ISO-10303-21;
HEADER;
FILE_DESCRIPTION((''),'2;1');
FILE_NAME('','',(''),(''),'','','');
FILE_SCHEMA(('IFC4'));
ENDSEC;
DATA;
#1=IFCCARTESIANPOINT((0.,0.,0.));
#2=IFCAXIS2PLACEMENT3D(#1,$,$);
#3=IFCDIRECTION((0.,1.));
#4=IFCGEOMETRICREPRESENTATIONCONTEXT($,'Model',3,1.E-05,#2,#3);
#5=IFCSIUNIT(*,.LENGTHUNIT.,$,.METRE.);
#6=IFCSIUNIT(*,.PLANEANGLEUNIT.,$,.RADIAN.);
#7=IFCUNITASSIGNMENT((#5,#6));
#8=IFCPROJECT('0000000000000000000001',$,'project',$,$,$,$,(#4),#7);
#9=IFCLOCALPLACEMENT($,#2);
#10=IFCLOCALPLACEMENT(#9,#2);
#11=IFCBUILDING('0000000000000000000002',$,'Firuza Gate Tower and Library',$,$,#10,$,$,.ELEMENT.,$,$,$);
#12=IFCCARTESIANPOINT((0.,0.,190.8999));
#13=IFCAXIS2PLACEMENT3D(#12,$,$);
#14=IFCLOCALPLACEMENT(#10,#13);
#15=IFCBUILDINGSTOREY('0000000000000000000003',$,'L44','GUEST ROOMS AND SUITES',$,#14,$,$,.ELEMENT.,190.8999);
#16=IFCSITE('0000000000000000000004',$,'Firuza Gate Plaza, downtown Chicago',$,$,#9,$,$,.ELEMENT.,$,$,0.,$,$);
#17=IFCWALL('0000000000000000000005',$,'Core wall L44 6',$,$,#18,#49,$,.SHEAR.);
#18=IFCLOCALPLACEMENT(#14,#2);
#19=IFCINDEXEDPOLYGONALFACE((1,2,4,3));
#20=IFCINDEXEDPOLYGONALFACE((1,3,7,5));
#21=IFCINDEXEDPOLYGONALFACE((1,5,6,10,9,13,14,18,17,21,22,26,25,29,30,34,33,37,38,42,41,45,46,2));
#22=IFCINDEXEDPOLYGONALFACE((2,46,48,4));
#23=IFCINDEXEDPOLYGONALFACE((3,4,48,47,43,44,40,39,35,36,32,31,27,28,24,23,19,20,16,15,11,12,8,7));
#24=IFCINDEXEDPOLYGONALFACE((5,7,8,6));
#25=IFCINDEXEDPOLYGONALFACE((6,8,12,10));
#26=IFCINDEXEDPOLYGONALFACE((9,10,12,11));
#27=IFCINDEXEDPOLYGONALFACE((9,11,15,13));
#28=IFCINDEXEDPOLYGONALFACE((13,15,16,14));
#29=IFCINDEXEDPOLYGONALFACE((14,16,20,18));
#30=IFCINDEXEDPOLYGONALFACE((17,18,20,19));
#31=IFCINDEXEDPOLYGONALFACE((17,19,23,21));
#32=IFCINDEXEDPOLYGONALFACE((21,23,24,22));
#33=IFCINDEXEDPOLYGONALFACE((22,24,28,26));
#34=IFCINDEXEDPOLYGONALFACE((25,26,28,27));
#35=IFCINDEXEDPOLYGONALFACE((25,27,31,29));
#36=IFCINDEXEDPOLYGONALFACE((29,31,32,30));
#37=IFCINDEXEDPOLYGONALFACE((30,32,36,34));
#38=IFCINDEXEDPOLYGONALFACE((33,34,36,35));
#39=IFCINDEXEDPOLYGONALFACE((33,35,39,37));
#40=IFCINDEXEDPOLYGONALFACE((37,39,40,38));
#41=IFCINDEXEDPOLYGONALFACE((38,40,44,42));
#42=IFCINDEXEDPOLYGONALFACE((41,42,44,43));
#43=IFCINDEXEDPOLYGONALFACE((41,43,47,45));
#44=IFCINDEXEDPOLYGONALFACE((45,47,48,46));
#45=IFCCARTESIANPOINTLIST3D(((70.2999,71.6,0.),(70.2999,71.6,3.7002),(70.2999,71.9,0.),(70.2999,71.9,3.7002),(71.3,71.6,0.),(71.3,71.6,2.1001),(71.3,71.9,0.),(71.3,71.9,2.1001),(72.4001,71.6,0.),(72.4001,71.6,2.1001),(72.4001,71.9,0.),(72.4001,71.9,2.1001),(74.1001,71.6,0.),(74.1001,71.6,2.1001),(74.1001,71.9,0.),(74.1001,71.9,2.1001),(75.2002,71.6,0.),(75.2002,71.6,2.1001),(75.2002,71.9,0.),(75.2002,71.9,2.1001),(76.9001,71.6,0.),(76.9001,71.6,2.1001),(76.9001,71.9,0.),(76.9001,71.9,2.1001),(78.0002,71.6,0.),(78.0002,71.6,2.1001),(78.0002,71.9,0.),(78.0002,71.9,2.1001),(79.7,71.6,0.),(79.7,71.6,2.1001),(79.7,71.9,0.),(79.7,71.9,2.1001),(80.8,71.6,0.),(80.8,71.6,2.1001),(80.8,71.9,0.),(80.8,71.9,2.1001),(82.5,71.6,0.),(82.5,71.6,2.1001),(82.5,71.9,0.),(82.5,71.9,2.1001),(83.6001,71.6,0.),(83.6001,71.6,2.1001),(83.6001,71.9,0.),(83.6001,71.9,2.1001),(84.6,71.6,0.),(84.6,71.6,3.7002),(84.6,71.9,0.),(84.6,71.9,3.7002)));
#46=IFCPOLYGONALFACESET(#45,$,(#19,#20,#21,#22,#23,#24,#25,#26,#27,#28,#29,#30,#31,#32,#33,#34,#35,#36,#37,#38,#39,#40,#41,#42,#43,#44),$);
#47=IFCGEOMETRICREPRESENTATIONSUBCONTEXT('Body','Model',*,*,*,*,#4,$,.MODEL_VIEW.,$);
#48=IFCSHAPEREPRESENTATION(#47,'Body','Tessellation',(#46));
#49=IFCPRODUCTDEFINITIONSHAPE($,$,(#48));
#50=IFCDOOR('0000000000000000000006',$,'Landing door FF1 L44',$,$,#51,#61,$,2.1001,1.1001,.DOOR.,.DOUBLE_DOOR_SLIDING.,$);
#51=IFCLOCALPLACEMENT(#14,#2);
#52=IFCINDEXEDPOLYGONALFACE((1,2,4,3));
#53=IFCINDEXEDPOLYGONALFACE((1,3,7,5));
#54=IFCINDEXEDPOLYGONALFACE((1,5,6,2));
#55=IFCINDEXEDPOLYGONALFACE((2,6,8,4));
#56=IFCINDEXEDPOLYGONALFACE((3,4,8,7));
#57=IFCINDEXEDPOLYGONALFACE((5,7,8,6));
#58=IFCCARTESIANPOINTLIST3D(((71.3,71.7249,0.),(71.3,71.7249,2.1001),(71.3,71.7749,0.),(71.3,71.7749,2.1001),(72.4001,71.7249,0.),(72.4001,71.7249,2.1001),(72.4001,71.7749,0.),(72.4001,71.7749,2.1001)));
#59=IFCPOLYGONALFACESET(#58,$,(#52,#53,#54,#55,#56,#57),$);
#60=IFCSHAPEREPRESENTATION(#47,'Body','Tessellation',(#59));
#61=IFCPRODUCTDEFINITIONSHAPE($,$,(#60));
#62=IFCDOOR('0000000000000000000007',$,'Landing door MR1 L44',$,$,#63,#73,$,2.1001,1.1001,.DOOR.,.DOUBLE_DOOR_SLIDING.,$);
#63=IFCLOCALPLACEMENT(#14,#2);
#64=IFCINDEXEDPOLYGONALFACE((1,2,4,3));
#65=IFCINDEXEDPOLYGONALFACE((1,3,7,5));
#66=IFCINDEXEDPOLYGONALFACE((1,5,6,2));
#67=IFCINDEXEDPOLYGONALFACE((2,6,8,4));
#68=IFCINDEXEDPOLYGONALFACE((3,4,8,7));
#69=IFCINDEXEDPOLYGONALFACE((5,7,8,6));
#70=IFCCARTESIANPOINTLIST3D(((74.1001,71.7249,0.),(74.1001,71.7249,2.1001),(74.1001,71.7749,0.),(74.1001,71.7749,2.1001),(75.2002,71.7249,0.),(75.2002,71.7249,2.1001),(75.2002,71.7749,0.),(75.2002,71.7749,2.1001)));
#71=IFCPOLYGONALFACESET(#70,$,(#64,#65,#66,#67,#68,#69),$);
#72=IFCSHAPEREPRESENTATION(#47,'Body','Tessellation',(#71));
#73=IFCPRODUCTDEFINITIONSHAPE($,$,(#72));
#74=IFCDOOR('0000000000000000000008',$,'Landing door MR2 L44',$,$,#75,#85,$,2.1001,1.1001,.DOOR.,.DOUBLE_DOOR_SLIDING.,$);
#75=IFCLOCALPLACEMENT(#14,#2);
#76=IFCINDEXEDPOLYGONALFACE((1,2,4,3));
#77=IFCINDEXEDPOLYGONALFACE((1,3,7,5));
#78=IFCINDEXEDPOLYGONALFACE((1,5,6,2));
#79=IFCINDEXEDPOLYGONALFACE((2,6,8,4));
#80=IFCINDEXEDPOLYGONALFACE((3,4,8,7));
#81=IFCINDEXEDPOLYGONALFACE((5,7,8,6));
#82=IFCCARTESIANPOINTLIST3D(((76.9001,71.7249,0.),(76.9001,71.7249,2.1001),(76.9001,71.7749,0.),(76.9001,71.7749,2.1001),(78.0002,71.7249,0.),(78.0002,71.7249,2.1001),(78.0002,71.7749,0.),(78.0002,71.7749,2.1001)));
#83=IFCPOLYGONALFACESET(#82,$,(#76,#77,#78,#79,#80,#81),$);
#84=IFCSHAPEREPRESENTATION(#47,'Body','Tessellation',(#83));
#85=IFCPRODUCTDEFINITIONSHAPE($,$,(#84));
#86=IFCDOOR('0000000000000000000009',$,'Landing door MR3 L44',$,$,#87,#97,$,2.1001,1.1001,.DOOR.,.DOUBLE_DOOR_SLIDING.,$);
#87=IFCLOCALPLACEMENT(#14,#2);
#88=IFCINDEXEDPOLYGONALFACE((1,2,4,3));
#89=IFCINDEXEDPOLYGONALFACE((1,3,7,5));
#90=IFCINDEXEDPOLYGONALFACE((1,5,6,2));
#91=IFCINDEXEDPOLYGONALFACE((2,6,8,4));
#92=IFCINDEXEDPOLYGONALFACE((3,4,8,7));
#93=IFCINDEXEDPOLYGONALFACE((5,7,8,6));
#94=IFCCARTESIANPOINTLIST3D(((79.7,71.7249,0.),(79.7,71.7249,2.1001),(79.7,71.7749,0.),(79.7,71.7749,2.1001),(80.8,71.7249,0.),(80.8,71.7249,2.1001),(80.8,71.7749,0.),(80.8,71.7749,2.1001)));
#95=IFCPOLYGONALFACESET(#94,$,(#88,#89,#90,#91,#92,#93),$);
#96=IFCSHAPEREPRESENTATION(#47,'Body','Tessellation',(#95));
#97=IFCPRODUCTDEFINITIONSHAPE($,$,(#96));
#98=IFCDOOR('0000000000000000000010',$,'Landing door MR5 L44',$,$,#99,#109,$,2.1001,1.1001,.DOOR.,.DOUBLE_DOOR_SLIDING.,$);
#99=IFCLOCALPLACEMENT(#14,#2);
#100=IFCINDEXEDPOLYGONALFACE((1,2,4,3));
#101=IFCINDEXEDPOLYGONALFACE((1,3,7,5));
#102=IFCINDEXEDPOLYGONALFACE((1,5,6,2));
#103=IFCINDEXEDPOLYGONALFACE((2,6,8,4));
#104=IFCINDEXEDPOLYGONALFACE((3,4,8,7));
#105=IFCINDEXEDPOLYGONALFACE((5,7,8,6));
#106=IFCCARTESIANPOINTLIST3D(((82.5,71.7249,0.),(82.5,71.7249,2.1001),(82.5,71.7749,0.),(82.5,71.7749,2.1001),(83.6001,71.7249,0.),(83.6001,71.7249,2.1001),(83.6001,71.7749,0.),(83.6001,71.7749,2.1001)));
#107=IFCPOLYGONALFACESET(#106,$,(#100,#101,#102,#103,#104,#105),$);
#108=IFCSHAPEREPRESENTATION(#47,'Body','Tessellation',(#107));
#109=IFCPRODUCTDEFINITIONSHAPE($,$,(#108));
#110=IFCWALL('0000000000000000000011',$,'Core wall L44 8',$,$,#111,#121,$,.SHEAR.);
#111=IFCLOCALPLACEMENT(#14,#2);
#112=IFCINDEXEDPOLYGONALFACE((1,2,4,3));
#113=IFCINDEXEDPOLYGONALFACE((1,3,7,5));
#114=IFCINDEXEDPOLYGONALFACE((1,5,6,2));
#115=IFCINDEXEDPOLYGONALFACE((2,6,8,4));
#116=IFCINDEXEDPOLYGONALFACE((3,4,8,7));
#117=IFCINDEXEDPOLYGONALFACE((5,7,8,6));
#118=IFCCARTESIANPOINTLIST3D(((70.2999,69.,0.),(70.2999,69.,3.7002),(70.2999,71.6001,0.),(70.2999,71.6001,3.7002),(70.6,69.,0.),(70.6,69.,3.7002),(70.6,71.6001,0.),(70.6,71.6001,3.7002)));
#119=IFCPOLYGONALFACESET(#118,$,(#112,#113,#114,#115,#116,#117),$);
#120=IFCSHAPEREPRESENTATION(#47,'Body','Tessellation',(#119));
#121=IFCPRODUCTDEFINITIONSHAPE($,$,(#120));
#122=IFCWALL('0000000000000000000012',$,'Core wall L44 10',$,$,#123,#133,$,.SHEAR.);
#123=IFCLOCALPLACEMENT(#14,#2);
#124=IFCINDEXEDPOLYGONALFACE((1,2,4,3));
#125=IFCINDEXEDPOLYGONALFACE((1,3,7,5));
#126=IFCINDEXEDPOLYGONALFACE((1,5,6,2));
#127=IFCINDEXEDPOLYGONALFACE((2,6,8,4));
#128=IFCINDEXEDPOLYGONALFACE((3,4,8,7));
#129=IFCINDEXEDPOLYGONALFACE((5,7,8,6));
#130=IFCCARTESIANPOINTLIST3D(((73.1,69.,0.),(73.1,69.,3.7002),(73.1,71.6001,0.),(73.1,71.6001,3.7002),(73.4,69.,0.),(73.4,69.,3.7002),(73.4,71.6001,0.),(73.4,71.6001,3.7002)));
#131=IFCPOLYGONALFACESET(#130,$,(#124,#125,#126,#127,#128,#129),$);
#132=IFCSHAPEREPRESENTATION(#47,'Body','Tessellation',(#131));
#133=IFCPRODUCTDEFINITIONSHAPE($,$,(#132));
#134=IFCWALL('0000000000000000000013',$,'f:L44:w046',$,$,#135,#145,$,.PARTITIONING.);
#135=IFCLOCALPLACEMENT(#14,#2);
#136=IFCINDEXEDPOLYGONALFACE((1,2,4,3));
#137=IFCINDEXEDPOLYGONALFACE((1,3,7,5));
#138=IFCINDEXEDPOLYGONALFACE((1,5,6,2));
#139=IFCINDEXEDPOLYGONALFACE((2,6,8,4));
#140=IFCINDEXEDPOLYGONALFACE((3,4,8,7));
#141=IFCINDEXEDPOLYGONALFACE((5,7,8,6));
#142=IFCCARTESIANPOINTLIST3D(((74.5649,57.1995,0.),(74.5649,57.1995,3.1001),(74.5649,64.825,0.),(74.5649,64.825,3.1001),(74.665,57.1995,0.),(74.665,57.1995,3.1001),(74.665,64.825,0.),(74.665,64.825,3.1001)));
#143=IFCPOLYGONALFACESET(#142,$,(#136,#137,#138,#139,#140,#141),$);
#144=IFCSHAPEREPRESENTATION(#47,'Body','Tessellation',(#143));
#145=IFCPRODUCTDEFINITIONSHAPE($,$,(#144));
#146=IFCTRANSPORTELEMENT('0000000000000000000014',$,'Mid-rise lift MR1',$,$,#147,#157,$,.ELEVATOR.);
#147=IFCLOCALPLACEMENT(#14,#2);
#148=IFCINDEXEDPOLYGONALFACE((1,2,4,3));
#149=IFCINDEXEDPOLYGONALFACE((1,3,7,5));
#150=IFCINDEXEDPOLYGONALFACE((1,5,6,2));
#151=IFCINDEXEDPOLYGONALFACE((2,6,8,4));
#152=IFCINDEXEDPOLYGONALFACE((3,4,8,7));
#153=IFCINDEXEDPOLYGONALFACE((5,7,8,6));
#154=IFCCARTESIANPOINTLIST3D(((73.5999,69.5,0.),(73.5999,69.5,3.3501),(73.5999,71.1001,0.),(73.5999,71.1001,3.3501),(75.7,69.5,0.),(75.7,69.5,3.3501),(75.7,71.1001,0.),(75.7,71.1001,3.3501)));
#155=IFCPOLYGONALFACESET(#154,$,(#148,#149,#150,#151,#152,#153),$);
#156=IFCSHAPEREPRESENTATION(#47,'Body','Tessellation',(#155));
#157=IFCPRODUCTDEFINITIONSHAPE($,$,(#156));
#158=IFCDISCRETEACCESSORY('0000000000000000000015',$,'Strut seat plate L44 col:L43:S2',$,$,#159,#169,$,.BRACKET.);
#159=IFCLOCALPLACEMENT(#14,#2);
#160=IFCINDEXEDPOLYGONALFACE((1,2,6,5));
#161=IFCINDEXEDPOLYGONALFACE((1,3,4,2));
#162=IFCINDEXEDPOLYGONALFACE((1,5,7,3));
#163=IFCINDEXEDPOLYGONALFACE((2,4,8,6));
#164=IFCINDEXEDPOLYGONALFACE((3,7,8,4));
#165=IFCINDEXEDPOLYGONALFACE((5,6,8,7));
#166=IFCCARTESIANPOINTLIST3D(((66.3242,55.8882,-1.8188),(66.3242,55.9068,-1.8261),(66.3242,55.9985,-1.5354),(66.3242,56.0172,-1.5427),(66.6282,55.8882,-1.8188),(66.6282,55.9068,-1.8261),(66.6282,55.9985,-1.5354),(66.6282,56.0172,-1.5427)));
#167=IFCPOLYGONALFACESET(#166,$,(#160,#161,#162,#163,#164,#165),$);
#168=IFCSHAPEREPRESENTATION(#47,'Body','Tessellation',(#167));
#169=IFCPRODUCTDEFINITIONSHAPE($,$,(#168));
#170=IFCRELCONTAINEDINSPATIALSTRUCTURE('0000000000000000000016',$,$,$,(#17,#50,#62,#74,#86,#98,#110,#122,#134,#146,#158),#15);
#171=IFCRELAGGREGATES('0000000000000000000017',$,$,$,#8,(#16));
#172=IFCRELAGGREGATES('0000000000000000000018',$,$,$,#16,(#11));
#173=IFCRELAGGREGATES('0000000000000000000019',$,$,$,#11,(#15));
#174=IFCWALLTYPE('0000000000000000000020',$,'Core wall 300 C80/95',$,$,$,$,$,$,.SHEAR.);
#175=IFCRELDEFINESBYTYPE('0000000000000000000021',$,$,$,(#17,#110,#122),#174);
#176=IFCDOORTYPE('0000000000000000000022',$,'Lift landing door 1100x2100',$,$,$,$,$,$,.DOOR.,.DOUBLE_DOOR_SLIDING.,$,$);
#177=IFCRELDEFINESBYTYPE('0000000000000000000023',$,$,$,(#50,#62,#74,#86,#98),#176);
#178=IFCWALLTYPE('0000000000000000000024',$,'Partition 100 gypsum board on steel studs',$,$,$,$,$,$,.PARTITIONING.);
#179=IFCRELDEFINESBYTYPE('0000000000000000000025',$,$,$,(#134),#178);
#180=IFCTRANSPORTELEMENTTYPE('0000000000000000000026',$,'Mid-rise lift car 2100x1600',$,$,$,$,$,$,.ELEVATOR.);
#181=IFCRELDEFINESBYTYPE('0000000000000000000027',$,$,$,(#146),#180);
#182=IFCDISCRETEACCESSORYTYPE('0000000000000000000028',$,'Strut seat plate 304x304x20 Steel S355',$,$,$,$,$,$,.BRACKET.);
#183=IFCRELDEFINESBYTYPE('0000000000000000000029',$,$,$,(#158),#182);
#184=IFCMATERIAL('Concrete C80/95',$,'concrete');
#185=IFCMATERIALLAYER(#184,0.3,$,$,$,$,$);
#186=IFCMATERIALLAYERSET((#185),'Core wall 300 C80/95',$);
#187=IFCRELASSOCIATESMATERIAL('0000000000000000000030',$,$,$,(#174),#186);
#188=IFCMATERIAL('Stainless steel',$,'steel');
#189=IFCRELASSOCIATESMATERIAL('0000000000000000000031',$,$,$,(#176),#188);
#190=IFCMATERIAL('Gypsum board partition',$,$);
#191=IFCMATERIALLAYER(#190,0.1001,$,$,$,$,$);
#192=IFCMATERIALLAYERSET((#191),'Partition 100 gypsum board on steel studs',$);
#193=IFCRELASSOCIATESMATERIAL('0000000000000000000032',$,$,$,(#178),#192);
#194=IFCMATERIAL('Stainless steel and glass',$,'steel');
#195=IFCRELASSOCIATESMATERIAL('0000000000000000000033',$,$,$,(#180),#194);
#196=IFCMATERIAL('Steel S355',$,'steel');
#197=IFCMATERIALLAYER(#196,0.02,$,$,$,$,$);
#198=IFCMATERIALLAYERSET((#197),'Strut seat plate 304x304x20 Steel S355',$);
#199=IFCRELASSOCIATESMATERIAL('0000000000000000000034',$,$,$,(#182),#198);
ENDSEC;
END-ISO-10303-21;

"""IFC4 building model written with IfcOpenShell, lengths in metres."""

from ifc_helpers import new_model, si_unit, direction, frame, frame_2d, origin, origin_2d, place, context, subcontext, project, spatial, polyline, rectangle, outline, extrude, material, layer, layer_set, type_object, element, fill, save


model = new_model("IFC4")

# Units and contexts
model_context = context("Model", 3, precision=1e-05, world=origin(), true_north=direction((0.0, 1.0)))
body_context = subcontext(model_context, "Body", "Model", "MODEL_VIEW")
ifc_project = project(units=[si_unit("LENGTHUNIT", "METRE"), si_unit("PLANEANGLEUNIT", "RADIAN")], contexts=[model_context])

# Site, building, storey
site_placement = place(None, origin())
site = spatial("IfcSite", under=ifc_project, at=site_placement, Name="Firuza Gate Plaza, downtown Chicago", CompositionType="ELEMENT", RefElevation=0.0)
building_placement = place(site_placement, origin())
building = spatial("IfcBuilding", under=site, at=building_placement, Name="Firuza Gate Tower and Library", CompositionType="ELEMENT")
storey_placement = place(building_placement, frame((0.0, 0.0, 190.8999)))
storey = spatial("IfcBuildingStorey", under=building, at=storey_placement, Name="L44", Description="GUEST ROOMS AND SUITES", CompositionType="ELEMENT", Elevation=190.8999)

# Shared definitions
ifc_material_1 = material(Name="Concrete C80/95", Category="concrete")
ifc_layer_1 = layer(ifc_material_1, 0.3)
ifc_layer_set_1 = layer_set([ifc_layer_1], Name="Core wall 300 C80/95")
wall_type_1 = type_object("IfcWallType", Name="Core wall 300 C80/95", PredefinedType="SHEAR", material=ifc_layer_set_1)

# Wall, openings, doors
wall_1_placement = place(storey_placement, frame((70.3, 71.75, 0.0), z_axis=(0.0, 0.0, 1.0), x_axis=(1.0, 0.0, 0.0)))
wall_1 = element("IfcWall", 1, at=wall_1_placement, inside=storey, type_object=wall_type_1, Name="Core wall L44 6", PredefinedType="SHEAR", context=body_context, shape_type="SweptSolid", body=[
    extrude(rectangle(XDim=14.3, YDim=0.3, at=frame_2d((7.1499, 0.0))), origin(), (0.0, 0.0, 1.0), 3.7002),
])
opening_1_placement = place(wall_1_placement, frame((1.0, 0.0, 0.0)))
opening_1 = element("IfcOpeningElement", 2, at=opening_1_placement, cuts=wall_1, PredefinedType="OPENING", context=body_context, shape_type="SweptSolid", body=[
    extrude(rectangle(XDim=1.1001, YDim=2.1001, at=frame_2d((0.55, 1.05))), frame((0.0, 0.1602, 0.0), z_axis=(0.0, -1.0, 0.0), x_axis=(1.0, 0.0, 0.0)), (0.0, 0.0, 1.0), 0.3201),
])
opening_2_placement = place(wall_1_placement, frame((3.8, 0.0, 0.0)))
opening_2 = element("IfcOpeningElement", 3, at=opening_2_placement, cuts=wall_1, PredefinedType="OPENING", context=body_context, shape_type="SweptSolid", body=[
    extrude(rectangle(XDim=1.1001, YDim=2.1001, at=frame_2d((0.55, 1.05))), frame((0.0, 0.1602, 0.0), z_axis=(0.0, -1.0, 0.0), x_axis=(1.0, 0.0, 0.0)), (0.0, 0.0, 1.0), 0.3201),
])
opening_3_placement = place(wall_1_placement, frame((6.6001, 0.0, 0.0)))
opening_3 = element("IfcOpeningElement", 4, at=opening_3_placement, cuts=wall_1, PredefinedType="OPENING", context=body_context, shape_type="SweptSolid", body=[
    extrude(rectangle(XDim=1.1001, YDim=2.1001, at=frame_2d((0.55, 1.05))), frame((0.0, 0.1602, 0.0), z_axis=(0.0, -1.0, 0.0), x_axis=(1.0, 0.0, 0.0)), (0.0, 0.0, 1.0), 0.3201),
])
opening_4_placement = place(wall_1_placement, frame((9.3999, 0.0, 0.0)))
opening_4 = element("IfcOpeningElement", 5, at=opening_4_placement, cuts=wall_1, PredefinedType="OPENING", context=body_context, shape_type="SweptSolid", body=[
    extrude(rectangle(XDim=1.1001, YDim=2.1001, at=frame_2d((0.55, 1.05))), frame((0.0, 0.1602, 0.0), z_axis=(0.0, -1.0, 0.0), x_axis=(1.0, 0.0, 0.0)), (0.0, 0.0, 1.0), 0.3201),
])
opening_5_placement = place(wall_1_placement, frame((12.2, 0.0, 0.0)))
opening_5 = element("IfcOpeningElement", 6, at=opening_5_placement, cuts=wall_1, PredefinedType="OPENING", context=body_context, shape_type="SweptSolid", body=[
    extrude(rectangle(XDim=1.1001, YDim=2.1001, at=frame_2d((0.55, 1.05))), frame((0.0, 0.1602, 0.0), z_axis=(0.0, -1.0, 0.0), x_axis=(1.0, 0.0, 0.0)), (0.0, 0.0, 1.0), 0.3201),
])
ifc_material_2 = material(Name="Stainless steel", Category="steel")
door_type_1 = type_object("IfcDoorType", Name="Lift landing door 1100x2100", OperationType="DOUBLE_DOOR_SLIDING", PredefinedType="DOOR", material=ifc_material_2)
door_1_placement = place(opening_1_placement, origin())
door_1 = element("IfcDoor", 7, at=door_1_placement, inside=storey, type_object=door_type_1, Name="Landing door FF1 L44", OperationType="DOUBLE_DOOR_SLIDING", OverallHeight=2.1001, OverallWidth=1.1001, PredefinedType="DOOR", context=body_context, shape_type="SweptSolid", body=[
    extrude(rectangle(XDim=1.1001, YDim=2.1001, at=frame_2d((0.55, 1.05))), frame((0.0, 0.0249, 0.0), z_axis=(0.0, -1.0, 0.0), x_axis=(1.0, 0.0, 0.0)), (0.0, 0.0, 1.0), 0.05),
])
fill(opening_1, door_1)
door_2_placement = place(opening_2_placement, origin())
door_2 = element("IfcDoor", 8, at=door_2_placement, inside=storey, type_object=door_type_1, Name="Landing door MR1 L44", OperationType="DOUBLE_DOOR_SLIDING", OverallHeight=2.1001, OverallWidth=1.1001, PredefinedType="DOOR", context=body_context, shape_type="SweptSolid", body=[
    extrude(rectangle(XDim=1.1001, YDim=2.1001, at=frame_2d((0.55, 1.05))), frame((0.0, 0.0249, 0.0), z_axis=(0.0, -1.0, 0.0), x_axis=(1.0, 0.0, 0.0)), (0.0, 0.0, 1.0), 0.05),
])
fill(opening_2, door_2)
door_3_placement = place(opening_3_placement, origin())
door_3 = element("IfcDoor", 9, at=door_3_placement, inside=storey, type_object=door_type_1, Name="Landing door MR2 L44", OperationType="DOUBLE_DOOR_SLIDING", OverallHeight=2.1001, OverallWidth=1.1001, PredefinedType="DOOR", context=body_context, shape_type="SweptSolid", body=[
    extrude(rectangle(XDim=1.1001, YDim=2.1001, at=frame_2d((0.55, 1.05))), frame((0.0, 0.0249, 0.0), z_axis=(0.0, -1.0, 0.0), x_axis=(1.0, 0.0, 0.0)), (0.0, 0.0, 1.0), 0.05),
])
fill(opening_3, door_3)
door_4_placement = place(opening_4_placement, origin())
door_4 = element("IfcDoor", 10, at=door_4_placement, inside=storey, type_object=door_type_1, Name="Landing door MR3 L44", OperationType="DOUBLE_DOOR_SLIDING", OverallHeight=2.1001, OverallWidth=1.1001, PredefinedType="DOOR", context=body_context, shape_type="SweptSolid", body=[
    extrude(rectangle(XDim=1.1001, YDim=2.1001, at=frame_2d((0.55, 1.05))), frame((0.0, 0.0249, 0.0), z_axis=(0.0, -1.0, 0.0), x_axis=(1.0, 0.0, 0.0)), (0.0, 0.0, 1.0), 0.05),
])
fill(opening_4, door_4)
door_5_placement = place(opening_5_placement, origin())
door_5 = element("IfcDoor", 11, at=door_5_placement, inside=storey, type_object=door_type_1, Name="Landing door MR5 L44", OperationType="DOUBLE_DOOR_SLIDING", OverallHeight=2.1001, OverallWidth=1.1001, PredefinedType="DOOR", context=body_context, shape_type="SweptSolid", body=[
    extrude(rectangle(XDim=1.1001, YDim=2.1001, at=frame_2d((0.55, 1.05))), frame((0.0, 0.0249, 0.0), z_axis=(0.0, -1.0, 0.0), x_axis=(1.0, 0.0, 0.0)), (0.0, 0.0, 1.0), 0.05),
])
fill(opening_5, door_5)

# Walls
for number, where, z_axis, x_axis, name in (
    (12, (70.45, 69.0, 0.0), (0.0, 0.0, 1.0), (0.0, 1.0, 0.0), "Core wall L44 8"),
    (13, (73.25, 69.0, 0.0), (0.0, 0.0, 1.0), (0.0, 1.0, 0.0), "Core wall L44 10"),
):
    element("IfcWall", number, at=place(storey_placement, frame(where, z_axis=z_axis, x_axis=x_axis)), inside=storey, type_object=wall_type_1, Name=name, PredefinedType="SHEAR", context=body_context, shape_type="SweptSolid", body=[
        extrude(rectangle(XDim=2.6001, YDim=0.3, at=frame_2d((1.3, 0.0))), origin(), (0.0, 0.0, 1.0), 3.7002),
    ])
ifc_material_3 = material(Name="Gypsum board partition")
ifc_layer_2 = layer(ifc_material_3, 0.1001)
ifc_layer_set_2 = layer_set([ifc_layer_2], Name="Partition 100 gypsum board on steel studs")
wall_type_2 = type_object("IfcWallType", Name="Partition 100 gypsum board on steel studs", PredefinedType="PARTITIONING", material=ifc_layer_set_2)
wall_2_placement = place(storey_placement, frame((74.615, 57.1995, 0.0), z_axis=(0.0, 0.0, 1.0), x_axis=(0.0, 1.0, 0.0)))
element("IfcWall", 14, at=wall_2_placement, inside=storey, type_object=wall_type_2, Name="f:L44:w046", PredefinedType="PARTITIONING", context=body_context, shape_type="SweptSolid", body=[
    extrude(rectangle(XDim=7.6255, YDim=0.1001, at=frame_2d((3.8127, 0.0))), origin(), (0.0, 0.0, 1.0), 3.1001),
])

# Transport element
ifc_material_4 = material(Name="Stainless steel and glass", Category="steel")
transport_element_type = type_object("IfcTransportElementType", Name="Mid-rise lift car 2100x1600", PredefinedType="ELEVATOR", material=ifc_material_4)
transport_element_placement = place(storey_placement, frame((74.6499, 70.3, 0.0), z_axis=(0.0, 0.0, 1.0), x_axis=(1.0, 0.0, 0.0)))
element("IfcTransportElement", 15, at=transport_element_placement, inside=storey, type_object=transport_element_type, Name="Mid-rise lift MR1", PredefinedType="ELEVATOR", context=body_context, shape_type="SweptSolid", body=[
    extrude(rectangle(XDim=2.1001, YDim=1.6001, at=origin_2d()), origin(), (0.0, 0.0, 1.0), 3.3501),
])

# Discrete accessory
ifc_material_5 = material(Name="Steel S355", Category="steel")
ifc_layer_3 = layer(ifc_material_5, 0.02)
ifc_layer_set_3 = layer_set([ifc_layer_3], Name="Strut seat plate 304x304x20 Steel S355")
discrete_accessory_type = type_object("IfcDiscreteAccessoryType", Name="Strut seat plate 304x304x20 Steel S355", PredefinedType="BRACKET", material=ifc_layer_set_3)
discrete_accessory_placement = place(storey_placement, frame((66.6282, 55.9985, -1.5354), z_axis=(0.0, -0.931869, 0.362795), x_axis=(-1.0, 0.0, 0.0)))
element("IfcDiscreteAccessory", 16, at=discrete_accessory_placement, inside=storey, type_object=discrete_accessory_type, Name="Strut seat plate L44 col:L43:S2", PredefinedType="BRACKET", context=body_context, shape_type="SweptSolid", body=[
    extrude(outline(polyline([(0.0, 0.0), (0.304, 0.0), (0.304, 0.3042), (0.0, 0.3042), (0.0, 0.0)])), origin(), (0.0, 0.0, -1.0), 0.02),
])

save(model, "model.ifc")
